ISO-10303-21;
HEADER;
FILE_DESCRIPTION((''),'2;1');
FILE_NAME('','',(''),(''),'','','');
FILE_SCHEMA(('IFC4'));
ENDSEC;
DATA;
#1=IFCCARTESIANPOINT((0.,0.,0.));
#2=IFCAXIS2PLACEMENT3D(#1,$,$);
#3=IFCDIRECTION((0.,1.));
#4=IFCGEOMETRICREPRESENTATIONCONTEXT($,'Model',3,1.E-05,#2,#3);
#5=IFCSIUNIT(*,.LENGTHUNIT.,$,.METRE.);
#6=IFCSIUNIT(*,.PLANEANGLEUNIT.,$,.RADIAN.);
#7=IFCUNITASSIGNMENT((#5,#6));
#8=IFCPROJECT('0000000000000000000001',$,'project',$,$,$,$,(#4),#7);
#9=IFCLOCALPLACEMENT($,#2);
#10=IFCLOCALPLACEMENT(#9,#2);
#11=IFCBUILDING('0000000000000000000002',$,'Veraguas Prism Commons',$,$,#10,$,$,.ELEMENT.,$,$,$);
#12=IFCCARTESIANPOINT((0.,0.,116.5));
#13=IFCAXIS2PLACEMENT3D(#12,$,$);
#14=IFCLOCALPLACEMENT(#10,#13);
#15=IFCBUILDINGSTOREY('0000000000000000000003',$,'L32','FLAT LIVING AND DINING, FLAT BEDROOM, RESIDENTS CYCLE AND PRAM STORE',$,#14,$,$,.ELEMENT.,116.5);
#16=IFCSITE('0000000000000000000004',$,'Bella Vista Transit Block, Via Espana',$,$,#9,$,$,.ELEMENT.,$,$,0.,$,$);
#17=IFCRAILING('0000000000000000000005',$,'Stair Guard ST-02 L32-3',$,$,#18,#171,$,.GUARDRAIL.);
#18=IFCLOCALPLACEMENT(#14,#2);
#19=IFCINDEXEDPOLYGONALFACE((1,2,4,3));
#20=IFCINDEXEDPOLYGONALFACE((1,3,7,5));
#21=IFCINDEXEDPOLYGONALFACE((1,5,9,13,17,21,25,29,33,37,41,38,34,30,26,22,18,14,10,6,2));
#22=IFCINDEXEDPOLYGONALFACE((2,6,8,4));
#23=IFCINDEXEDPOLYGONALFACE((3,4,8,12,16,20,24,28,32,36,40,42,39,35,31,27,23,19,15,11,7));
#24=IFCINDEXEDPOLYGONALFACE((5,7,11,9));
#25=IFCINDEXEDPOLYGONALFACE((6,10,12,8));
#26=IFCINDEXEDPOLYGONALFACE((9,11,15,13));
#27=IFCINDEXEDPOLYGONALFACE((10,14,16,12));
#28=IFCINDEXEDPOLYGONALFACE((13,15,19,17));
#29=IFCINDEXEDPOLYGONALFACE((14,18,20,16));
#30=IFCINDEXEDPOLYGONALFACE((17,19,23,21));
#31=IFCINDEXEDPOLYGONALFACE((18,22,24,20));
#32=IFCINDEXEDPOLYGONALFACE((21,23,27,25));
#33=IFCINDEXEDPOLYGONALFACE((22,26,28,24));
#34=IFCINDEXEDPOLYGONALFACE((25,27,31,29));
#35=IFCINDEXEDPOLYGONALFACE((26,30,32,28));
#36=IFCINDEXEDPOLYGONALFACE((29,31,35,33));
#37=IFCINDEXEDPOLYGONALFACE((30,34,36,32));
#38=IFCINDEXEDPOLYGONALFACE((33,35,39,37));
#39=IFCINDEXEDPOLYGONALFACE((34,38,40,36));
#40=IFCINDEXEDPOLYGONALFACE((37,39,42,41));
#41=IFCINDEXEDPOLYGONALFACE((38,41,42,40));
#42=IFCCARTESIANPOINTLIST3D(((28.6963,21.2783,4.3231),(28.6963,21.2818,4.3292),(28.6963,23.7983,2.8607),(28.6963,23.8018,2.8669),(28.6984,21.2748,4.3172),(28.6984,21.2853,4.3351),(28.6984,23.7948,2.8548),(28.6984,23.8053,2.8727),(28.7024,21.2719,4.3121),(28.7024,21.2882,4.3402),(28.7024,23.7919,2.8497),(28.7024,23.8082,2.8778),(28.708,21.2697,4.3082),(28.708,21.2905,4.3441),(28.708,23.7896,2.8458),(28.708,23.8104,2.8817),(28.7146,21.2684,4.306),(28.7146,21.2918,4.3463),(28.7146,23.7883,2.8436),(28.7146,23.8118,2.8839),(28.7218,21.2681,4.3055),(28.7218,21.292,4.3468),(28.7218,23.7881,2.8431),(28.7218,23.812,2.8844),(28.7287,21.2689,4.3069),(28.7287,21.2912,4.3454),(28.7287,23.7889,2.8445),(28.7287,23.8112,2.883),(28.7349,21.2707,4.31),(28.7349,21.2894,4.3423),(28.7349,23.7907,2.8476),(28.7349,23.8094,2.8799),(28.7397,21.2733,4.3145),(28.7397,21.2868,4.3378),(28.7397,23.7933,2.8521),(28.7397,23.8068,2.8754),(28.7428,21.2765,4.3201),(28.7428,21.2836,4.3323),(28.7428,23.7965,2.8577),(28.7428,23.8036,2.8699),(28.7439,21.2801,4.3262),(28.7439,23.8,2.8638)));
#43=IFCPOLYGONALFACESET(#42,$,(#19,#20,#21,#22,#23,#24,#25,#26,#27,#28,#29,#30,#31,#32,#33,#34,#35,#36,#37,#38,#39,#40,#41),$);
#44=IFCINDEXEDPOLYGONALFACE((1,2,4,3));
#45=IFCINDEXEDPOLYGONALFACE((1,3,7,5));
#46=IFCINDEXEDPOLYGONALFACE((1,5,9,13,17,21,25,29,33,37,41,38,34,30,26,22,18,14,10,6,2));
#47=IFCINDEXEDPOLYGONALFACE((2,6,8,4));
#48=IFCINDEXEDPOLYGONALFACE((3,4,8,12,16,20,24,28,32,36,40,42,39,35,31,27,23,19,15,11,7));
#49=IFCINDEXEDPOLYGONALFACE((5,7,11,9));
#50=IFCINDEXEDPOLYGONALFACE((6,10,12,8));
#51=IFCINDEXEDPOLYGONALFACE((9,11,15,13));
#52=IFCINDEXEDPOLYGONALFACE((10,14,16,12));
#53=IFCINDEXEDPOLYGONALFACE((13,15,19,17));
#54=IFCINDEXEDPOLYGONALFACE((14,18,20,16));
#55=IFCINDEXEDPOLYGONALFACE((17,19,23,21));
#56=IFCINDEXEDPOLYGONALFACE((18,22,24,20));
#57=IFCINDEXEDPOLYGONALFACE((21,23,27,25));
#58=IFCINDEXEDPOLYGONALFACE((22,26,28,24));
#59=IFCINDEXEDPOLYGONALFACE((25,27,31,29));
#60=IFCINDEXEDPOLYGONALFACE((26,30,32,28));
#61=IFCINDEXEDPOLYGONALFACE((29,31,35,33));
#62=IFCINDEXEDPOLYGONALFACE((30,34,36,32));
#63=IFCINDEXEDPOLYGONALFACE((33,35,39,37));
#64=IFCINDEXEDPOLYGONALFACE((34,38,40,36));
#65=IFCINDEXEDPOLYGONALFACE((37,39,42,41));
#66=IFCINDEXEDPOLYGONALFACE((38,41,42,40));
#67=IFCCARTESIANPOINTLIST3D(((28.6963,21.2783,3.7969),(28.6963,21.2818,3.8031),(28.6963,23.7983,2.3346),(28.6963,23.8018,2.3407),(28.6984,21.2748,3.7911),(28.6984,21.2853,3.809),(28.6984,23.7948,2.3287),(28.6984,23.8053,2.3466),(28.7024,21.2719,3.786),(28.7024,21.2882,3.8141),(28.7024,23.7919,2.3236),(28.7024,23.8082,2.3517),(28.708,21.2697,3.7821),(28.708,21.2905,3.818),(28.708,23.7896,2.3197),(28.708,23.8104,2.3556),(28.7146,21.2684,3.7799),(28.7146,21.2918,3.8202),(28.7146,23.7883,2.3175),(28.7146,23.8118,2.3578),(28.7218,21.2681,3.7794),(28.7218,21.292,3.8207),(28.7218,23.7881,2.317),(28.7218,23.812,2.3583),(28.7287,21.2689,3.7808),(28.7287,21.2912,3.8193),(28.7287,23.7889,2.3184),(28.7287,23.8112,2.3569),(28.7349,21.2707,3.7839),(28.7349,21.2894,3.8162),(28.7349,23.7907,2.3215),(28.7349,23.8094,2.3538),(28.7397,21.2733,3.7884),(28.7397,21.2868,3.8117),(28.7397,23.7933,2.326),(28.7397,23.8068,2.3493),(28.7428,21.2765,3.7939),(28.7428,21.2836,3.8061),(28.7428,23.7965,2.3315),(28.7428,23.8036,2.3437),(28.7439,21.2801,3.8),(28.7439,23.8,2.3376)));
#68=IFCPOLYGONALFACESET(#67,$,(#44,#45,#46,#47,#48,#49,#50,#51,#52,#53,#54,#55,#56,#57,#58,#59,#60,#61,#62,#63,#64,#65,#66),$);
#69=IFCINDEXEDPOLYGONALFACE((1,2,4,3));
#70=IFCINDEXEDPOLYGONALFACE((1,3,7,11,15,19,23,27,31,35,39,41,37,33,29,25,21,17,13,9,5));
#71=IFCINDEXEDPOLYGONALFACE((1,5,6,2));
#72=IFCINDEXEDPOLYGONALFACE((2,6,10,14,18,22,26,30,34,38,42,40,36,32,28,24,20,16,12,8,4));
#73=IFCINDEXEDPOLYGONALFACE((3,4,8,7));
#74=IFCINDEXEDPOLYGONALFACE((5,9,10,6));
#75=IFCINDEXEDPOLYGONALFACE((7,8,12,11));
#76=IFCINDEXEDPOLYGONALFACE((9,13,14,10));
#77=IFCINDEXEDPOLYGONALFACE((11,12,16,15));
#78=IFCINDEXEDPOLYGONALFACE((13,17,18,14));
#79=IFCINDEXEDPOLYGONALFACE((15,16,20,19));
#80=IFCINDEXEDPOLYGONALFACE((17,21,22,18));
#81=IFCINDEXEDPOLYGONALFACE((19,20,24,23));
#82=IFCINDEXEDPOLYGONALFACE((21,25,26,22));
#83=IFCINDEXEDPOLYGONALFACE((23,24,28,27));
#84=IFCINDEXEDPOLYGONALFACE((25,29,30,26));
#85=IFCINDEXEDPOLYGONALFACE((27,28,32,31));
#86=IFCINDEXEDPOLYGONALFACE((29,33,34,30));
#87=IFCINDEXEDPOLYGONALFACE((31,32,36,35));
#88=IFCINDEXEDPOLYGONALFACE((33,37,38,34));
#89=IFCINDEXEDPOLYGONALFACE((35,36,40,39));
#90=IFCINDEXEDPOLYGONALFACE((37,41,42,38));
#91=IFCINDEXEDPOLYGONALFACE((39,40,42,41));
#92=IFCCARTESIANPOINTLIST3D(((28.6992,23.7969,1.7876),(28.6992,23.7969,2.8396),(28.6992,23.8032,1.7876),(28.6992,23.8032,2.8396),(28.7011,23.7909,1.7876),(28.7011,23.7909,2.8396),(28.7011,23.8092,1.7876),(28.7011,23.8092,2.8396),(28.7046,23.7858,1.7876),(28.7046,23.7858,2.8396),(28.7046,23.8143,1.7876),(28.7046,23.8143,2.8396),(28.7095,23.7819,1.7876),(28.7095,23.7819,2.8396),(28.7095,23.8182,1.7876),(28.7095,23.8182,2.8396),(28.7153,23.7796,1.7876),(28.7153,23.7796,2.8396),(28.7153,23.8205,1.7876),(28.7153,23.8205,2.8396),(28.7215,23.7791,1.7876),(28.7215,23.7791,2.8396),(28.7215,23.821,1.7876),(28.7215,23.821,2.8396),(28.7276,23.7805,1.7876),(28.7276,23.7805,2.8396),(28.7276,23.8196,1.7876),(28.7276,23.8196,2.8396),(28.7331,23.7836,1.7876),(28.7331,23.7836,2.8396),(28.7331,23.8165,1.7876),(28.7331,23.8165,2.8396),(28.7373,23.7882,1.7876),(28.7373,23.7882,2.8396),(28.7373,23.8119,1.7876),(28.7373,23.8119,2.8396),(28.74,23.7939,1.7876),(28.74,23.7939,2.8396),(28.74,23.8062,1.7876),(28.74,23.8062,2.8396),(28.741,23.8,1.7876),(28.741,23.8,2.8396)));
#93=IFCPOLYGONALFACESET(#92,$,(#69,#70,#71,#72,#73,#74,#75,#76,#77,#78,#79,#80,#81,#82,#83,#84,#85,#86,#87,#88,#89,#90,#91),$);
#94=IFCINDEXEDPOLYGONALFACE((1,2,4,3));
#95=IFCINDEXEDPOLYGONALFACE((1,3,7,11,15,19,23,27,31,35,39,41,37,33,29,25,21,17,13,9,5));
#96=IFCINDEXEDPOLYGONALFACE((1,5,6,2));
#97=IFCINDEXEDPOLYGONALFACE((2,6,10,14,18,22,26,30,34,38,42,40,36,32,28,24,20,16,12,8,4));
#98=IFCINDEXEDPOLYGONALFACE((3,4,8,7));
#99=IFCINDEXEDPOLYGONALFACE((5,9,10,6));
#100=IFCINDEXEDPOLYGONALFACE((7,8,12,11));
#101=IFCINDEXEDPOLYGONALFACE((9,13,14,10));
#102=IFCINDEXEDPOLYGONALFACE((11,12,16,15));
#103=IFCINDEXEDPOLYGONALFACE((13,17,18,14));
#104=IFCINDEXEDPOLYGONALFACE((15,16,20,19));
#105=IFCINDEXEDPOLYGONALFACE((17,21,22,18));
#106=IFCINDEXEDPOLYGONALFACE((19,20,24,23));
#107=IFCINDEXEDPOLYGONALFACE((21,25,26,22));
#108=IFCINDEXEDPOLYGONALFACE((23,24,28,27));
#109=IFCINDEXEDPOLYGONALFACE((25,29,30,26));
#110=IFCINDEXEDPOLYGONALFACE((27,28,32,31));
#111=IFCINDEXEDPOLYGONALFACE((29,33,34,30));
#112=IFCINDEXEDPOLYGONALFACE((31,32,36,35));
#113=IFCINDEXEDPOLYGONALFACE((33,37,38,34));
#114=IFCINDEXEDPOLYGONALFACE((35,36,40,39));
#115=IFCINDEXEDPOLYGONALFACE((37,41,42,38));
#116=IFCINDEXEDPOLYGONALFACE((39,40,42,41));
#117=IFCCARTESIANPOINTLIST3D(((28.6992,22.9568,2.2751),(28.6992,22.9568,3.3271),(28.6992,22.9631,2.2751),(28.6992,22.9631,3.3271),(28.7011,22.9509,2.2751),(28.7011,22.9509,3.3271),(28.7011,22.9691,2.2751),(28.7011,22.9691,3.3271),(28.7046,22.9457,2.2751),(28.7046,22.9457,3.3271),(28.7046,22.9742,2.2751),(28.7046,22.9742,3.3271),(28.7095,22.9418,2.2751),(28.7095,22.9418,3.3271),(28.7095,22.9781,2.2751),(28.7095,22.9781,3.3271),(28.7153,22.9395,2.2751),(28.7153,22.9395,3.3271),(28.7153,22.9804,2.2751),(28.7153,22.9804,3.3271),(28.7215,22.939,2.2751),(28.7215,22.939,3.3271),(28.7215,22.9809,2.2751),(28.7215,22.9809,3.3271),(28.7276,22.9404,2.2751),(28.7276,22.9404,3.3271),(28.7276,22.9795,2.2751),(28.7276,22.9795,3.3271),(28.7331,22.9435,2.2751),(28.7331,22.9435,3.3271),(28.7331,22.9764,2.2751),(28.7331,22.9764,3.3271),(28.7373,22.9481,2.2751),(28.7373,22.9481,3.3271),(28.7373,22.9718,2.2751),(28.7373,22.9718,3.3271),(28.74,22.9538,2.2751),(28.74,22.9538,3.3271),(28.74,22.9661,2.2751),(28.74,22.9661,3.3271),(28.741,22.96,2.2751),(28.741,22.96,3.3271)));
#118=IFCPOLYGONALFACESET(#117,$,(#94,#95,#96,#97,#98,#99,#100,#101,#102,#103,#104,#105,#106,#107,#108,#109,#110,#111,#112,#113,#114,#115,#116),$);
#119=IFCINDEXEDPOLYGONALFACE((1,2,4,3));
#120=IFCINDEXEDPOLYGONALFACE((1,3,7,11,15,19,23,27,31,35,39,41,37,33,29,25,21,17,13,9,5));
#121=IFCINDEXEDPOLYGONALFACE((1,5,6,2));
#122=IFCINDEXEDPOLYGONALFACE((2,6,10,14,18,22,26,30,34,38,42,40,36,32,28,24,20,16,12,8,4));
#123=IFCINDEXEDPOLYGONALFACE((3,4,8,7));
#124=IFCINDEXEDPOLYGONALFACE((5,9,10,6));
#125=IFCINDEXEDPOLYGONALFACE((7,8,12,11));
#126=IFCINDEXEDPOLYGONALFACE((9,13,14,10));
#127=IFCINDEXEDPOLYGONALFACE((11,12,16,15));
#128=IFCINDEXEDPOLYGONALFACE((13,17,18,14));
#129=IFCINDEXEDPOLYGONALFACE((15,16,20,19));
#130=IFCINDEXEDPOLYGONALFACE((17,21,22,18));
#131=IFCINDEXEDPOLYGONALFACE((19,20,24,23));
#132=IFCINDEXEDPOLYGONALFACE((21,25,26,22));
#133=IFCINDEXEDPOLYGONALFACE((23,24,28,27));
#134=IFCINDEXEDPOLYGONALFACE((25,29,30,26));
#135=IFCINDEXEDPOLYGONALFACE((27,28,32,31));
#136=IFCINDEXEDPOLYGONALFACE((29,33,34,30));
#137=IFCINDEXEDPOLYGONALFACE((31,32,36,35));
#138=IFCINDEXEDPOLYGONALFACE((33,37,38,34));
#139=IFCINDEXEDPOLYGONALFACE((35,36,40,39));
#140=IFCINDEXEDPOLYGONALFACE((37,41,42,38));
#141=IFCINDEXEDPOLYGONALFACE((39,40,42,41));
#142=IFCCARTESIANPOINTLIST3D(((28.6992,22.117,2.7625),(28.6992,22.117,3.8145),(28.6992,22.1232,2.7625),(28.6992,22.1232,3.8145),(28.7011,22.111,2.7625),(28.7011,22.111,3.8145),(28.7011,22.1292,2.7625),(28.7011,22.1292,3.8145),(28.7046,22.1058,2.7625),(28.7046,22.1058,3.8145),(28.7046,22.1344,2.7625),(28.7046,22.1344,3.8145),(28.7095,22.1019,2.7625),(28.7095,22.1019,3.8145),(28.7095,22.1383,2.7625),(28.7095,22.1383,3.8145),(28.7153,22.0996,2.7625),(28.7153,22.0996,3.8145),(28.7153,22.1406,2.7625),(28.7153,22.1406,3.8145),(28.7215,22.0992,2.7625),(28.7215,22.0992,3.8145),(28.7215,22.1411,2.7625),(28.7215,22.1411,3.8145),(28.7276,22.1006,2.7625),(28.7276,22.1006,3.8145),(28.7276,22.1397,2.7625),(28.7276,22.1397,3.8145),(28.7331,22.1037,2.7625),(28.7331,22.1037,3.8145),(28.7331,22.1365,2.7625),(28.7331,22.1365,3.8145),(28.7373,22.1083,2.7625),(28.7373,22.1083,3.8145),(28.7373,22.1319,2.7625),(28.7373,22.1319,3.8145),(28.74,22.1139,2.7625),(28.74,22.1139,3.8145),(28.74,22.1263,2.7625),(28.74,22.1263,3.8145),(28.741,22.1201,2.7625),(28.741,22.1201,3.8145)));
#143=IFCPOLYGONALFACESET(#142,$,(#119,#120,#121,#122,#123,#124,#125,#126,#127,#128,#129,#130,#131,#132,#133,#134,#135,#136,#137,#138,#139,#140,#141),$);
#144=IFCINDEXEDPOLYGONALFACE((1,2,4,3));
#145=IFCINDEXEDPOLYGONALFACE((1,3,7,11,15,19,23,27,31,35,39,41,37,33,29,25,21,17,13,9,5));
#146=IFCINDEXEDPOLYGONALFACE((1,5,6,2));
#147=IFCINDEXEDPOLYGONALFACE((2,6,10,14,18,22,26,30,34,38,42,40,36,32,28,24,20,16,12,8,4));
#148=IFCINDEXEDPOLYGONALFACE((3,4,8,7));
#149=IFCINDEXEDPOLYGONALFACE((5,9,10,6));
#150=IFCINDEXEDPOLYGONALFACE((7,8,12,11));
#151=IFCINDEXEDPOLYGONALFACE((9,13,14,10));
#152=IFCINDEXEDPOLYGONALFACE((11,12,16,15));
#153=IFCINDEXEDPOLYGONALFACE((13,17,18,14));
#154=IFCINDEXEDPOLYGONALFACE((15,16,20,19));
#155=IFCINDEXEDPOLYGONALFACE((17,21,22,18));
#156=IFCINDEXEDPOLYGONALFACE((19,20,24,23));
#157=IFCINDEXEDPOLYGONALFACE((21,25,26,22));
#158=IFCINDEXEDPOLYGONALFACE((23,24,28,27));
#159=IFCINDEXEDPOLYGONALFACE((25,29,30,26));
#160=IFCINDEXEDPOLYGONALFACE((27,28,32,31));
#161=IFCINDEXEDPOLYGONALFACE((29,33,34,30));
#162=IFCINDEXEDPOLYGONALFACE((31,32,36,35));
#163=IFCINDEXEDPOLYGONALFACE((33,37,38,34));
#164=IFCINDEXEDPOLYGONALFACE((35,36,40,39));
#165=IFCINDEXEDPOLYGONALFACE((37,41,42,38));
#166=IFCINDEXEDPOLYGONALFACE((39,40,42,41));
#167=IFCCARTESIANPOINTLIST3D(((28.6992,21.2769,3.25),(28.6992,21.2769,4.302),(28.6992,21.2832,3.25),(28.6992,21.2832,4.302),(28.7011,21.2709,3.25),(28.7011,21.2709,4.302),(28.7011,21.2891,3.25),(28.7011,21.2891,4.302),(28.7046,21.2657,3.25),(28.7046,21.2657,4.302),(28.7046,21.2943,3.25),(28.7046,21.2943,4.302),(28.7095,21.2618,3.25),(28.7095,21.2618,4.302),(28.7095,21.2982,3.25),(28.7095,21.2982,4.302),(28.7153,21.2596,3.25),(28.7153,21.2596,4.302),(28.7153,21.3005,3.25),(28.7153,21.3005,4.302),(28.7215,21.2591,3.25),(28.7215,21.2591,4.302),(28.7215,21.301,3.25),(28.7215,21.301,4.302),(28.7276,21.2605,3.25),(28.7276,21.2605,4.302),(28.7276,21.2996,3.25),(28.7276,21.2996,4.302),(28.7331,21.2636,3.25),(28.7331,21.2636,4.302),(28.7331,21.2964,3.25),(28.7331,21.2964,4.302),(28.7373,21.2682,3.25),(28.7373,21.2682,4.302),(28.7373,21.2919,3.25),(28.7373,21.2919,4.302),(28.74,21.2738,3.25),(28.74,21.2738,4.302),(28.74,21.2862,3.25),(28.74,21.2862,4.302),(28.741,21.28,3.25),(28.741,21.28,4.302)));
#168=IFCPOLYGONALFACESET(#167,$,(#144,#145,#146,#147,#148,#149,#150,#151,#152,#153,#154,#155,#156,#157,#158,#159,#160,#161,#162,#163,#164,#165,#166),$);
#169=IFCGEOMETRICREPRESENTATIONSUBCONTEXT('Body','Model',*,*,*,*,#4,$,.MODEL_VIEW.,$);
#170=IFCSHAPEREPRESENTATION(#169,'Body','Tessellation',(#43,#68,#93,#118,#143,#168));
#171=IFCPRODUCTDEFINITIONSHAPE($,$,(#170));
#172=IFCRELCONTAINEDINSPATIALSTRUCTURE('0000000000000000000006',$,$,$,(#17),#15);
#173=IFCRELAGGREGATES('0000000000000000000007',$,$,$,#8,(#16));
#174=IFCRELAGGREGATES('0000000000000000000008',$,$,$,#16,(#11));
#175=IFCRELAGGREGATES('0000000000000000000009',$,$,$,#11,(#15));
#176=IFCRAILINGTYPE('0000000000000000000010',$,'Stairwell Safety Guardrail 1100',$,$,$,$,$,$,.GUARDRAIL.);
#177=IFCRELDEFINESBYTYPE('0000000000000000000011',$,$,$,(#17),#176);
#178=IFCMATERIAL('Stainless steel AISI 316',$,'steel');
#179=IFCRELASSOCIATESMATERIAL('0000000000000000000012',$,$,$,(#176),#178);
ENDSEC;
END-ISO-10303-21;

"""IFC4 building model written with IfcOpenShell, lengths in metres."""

from ifc_helpers import new_model, si_unit, direction, frame, origin, origin_2d, place, context, subcontext, project, spatial, circle, extrude, material, type_object, element, save


model = new_model("IFC4")

# Units and contexts
model_context = context("Model", 3, precision=1e-05, world=origin(), true_north=direction((0.0, 1.0)))
body_context = subcontext(model_context, "Body", "Model", "MODEL_VIEW")
ifc_project = project(units=[si_unit("LENGTHUNIT", "METRE"), si_unit("PLANEANGLEUNIT", "RADIAN")], contexts=[model_context])

# Site, building, storey
site_placement = place(None, origin())
site = spatial("IfcSite", under=ifc_project, at=site_placement, Name="Bella Vista Transit Block, Via Espana", CompositionType="ELEMENT", RefElevation=0.0)
building_placement = place(site_placement, origin())
building = spatial("IfcBuilding", under=site, at=building_placement, Name="Veraguas Prism Commons", CompositionType="ELEMENT")
storey_placement = place(building_placement, frame((0.0, 0.0, 116.5)))
storey = spatial("IfcBuildingStorey", under=building, at=storey_placement, Name="L32", Description="FLAT LIVING AND DINING, FLAT BEDROOM, RESIDENTS CYCLE AND PRAM STORE", CompositionType="ELEMENT", Elevation=116.5)

# Shared definitions
ifc_material_1 = material(Name="Stainless steel AISI 316", Category="steel")

# Railing
railing_type_1 = type_object("IfcRailingType", Name="Stairwell Safety Guardrail 1100", PredefinedType="GUARDRAIL", material=ifc_material_1)
railing_1_placement = place(storey_placement, frame((28.72, 23.8, 1.7876)))
element("IfcRailing", 1, at=railing_1_placement, inside=storey, type_object=railing_type_1, Name="Stair Guard ST-02 L32-3", PredefinedType="GUARDRAIL", context=body_context, shape_type="SweptSolid", body=[
    extrude(circle(Radius=0.0239, at=origin_2d()), frame((0.0, 0.0, 1.0762), z_axis=(0.0, -0.864913, 0.501921), x_axis=(1.0, 0.0, 0.0)), (0.0, 0.0, 1.0), 2.9136),
    extrude(circle(Radius=0.0239, at=origin_2d()), frame((0.0, 0.0, 0.55), z_axis=(0.0, -0.864913, 0.501921), x_axis=(1.0, 0.0, 0.0)), (0.0, 0.0, 1.0), 2.9136),
    extrude(circle(Radius=0.021, at=origin_2d()), origin(), (0.0, 0.0, 1.0), 1.052),
    extrude(circle(Radius=0.021, at=origin_2d()), frame((0.0, -0.8401, 0.4875)), (0.0, 0.0, 1.0), 1.052),
    extrude(circle(Radius=0.021, at=origin_2d()), frame((0.0, -1.6799, 0.9749)), (0.0, 0.0, 1.0), 1.052),
    extrude(circle(Radius=0.021, at=origin_2d()), frame((0.0, -2.52, 1.4624)), (0.0, 0.0, 1.0), 1.052),
])

save(model, "model.ifc")
